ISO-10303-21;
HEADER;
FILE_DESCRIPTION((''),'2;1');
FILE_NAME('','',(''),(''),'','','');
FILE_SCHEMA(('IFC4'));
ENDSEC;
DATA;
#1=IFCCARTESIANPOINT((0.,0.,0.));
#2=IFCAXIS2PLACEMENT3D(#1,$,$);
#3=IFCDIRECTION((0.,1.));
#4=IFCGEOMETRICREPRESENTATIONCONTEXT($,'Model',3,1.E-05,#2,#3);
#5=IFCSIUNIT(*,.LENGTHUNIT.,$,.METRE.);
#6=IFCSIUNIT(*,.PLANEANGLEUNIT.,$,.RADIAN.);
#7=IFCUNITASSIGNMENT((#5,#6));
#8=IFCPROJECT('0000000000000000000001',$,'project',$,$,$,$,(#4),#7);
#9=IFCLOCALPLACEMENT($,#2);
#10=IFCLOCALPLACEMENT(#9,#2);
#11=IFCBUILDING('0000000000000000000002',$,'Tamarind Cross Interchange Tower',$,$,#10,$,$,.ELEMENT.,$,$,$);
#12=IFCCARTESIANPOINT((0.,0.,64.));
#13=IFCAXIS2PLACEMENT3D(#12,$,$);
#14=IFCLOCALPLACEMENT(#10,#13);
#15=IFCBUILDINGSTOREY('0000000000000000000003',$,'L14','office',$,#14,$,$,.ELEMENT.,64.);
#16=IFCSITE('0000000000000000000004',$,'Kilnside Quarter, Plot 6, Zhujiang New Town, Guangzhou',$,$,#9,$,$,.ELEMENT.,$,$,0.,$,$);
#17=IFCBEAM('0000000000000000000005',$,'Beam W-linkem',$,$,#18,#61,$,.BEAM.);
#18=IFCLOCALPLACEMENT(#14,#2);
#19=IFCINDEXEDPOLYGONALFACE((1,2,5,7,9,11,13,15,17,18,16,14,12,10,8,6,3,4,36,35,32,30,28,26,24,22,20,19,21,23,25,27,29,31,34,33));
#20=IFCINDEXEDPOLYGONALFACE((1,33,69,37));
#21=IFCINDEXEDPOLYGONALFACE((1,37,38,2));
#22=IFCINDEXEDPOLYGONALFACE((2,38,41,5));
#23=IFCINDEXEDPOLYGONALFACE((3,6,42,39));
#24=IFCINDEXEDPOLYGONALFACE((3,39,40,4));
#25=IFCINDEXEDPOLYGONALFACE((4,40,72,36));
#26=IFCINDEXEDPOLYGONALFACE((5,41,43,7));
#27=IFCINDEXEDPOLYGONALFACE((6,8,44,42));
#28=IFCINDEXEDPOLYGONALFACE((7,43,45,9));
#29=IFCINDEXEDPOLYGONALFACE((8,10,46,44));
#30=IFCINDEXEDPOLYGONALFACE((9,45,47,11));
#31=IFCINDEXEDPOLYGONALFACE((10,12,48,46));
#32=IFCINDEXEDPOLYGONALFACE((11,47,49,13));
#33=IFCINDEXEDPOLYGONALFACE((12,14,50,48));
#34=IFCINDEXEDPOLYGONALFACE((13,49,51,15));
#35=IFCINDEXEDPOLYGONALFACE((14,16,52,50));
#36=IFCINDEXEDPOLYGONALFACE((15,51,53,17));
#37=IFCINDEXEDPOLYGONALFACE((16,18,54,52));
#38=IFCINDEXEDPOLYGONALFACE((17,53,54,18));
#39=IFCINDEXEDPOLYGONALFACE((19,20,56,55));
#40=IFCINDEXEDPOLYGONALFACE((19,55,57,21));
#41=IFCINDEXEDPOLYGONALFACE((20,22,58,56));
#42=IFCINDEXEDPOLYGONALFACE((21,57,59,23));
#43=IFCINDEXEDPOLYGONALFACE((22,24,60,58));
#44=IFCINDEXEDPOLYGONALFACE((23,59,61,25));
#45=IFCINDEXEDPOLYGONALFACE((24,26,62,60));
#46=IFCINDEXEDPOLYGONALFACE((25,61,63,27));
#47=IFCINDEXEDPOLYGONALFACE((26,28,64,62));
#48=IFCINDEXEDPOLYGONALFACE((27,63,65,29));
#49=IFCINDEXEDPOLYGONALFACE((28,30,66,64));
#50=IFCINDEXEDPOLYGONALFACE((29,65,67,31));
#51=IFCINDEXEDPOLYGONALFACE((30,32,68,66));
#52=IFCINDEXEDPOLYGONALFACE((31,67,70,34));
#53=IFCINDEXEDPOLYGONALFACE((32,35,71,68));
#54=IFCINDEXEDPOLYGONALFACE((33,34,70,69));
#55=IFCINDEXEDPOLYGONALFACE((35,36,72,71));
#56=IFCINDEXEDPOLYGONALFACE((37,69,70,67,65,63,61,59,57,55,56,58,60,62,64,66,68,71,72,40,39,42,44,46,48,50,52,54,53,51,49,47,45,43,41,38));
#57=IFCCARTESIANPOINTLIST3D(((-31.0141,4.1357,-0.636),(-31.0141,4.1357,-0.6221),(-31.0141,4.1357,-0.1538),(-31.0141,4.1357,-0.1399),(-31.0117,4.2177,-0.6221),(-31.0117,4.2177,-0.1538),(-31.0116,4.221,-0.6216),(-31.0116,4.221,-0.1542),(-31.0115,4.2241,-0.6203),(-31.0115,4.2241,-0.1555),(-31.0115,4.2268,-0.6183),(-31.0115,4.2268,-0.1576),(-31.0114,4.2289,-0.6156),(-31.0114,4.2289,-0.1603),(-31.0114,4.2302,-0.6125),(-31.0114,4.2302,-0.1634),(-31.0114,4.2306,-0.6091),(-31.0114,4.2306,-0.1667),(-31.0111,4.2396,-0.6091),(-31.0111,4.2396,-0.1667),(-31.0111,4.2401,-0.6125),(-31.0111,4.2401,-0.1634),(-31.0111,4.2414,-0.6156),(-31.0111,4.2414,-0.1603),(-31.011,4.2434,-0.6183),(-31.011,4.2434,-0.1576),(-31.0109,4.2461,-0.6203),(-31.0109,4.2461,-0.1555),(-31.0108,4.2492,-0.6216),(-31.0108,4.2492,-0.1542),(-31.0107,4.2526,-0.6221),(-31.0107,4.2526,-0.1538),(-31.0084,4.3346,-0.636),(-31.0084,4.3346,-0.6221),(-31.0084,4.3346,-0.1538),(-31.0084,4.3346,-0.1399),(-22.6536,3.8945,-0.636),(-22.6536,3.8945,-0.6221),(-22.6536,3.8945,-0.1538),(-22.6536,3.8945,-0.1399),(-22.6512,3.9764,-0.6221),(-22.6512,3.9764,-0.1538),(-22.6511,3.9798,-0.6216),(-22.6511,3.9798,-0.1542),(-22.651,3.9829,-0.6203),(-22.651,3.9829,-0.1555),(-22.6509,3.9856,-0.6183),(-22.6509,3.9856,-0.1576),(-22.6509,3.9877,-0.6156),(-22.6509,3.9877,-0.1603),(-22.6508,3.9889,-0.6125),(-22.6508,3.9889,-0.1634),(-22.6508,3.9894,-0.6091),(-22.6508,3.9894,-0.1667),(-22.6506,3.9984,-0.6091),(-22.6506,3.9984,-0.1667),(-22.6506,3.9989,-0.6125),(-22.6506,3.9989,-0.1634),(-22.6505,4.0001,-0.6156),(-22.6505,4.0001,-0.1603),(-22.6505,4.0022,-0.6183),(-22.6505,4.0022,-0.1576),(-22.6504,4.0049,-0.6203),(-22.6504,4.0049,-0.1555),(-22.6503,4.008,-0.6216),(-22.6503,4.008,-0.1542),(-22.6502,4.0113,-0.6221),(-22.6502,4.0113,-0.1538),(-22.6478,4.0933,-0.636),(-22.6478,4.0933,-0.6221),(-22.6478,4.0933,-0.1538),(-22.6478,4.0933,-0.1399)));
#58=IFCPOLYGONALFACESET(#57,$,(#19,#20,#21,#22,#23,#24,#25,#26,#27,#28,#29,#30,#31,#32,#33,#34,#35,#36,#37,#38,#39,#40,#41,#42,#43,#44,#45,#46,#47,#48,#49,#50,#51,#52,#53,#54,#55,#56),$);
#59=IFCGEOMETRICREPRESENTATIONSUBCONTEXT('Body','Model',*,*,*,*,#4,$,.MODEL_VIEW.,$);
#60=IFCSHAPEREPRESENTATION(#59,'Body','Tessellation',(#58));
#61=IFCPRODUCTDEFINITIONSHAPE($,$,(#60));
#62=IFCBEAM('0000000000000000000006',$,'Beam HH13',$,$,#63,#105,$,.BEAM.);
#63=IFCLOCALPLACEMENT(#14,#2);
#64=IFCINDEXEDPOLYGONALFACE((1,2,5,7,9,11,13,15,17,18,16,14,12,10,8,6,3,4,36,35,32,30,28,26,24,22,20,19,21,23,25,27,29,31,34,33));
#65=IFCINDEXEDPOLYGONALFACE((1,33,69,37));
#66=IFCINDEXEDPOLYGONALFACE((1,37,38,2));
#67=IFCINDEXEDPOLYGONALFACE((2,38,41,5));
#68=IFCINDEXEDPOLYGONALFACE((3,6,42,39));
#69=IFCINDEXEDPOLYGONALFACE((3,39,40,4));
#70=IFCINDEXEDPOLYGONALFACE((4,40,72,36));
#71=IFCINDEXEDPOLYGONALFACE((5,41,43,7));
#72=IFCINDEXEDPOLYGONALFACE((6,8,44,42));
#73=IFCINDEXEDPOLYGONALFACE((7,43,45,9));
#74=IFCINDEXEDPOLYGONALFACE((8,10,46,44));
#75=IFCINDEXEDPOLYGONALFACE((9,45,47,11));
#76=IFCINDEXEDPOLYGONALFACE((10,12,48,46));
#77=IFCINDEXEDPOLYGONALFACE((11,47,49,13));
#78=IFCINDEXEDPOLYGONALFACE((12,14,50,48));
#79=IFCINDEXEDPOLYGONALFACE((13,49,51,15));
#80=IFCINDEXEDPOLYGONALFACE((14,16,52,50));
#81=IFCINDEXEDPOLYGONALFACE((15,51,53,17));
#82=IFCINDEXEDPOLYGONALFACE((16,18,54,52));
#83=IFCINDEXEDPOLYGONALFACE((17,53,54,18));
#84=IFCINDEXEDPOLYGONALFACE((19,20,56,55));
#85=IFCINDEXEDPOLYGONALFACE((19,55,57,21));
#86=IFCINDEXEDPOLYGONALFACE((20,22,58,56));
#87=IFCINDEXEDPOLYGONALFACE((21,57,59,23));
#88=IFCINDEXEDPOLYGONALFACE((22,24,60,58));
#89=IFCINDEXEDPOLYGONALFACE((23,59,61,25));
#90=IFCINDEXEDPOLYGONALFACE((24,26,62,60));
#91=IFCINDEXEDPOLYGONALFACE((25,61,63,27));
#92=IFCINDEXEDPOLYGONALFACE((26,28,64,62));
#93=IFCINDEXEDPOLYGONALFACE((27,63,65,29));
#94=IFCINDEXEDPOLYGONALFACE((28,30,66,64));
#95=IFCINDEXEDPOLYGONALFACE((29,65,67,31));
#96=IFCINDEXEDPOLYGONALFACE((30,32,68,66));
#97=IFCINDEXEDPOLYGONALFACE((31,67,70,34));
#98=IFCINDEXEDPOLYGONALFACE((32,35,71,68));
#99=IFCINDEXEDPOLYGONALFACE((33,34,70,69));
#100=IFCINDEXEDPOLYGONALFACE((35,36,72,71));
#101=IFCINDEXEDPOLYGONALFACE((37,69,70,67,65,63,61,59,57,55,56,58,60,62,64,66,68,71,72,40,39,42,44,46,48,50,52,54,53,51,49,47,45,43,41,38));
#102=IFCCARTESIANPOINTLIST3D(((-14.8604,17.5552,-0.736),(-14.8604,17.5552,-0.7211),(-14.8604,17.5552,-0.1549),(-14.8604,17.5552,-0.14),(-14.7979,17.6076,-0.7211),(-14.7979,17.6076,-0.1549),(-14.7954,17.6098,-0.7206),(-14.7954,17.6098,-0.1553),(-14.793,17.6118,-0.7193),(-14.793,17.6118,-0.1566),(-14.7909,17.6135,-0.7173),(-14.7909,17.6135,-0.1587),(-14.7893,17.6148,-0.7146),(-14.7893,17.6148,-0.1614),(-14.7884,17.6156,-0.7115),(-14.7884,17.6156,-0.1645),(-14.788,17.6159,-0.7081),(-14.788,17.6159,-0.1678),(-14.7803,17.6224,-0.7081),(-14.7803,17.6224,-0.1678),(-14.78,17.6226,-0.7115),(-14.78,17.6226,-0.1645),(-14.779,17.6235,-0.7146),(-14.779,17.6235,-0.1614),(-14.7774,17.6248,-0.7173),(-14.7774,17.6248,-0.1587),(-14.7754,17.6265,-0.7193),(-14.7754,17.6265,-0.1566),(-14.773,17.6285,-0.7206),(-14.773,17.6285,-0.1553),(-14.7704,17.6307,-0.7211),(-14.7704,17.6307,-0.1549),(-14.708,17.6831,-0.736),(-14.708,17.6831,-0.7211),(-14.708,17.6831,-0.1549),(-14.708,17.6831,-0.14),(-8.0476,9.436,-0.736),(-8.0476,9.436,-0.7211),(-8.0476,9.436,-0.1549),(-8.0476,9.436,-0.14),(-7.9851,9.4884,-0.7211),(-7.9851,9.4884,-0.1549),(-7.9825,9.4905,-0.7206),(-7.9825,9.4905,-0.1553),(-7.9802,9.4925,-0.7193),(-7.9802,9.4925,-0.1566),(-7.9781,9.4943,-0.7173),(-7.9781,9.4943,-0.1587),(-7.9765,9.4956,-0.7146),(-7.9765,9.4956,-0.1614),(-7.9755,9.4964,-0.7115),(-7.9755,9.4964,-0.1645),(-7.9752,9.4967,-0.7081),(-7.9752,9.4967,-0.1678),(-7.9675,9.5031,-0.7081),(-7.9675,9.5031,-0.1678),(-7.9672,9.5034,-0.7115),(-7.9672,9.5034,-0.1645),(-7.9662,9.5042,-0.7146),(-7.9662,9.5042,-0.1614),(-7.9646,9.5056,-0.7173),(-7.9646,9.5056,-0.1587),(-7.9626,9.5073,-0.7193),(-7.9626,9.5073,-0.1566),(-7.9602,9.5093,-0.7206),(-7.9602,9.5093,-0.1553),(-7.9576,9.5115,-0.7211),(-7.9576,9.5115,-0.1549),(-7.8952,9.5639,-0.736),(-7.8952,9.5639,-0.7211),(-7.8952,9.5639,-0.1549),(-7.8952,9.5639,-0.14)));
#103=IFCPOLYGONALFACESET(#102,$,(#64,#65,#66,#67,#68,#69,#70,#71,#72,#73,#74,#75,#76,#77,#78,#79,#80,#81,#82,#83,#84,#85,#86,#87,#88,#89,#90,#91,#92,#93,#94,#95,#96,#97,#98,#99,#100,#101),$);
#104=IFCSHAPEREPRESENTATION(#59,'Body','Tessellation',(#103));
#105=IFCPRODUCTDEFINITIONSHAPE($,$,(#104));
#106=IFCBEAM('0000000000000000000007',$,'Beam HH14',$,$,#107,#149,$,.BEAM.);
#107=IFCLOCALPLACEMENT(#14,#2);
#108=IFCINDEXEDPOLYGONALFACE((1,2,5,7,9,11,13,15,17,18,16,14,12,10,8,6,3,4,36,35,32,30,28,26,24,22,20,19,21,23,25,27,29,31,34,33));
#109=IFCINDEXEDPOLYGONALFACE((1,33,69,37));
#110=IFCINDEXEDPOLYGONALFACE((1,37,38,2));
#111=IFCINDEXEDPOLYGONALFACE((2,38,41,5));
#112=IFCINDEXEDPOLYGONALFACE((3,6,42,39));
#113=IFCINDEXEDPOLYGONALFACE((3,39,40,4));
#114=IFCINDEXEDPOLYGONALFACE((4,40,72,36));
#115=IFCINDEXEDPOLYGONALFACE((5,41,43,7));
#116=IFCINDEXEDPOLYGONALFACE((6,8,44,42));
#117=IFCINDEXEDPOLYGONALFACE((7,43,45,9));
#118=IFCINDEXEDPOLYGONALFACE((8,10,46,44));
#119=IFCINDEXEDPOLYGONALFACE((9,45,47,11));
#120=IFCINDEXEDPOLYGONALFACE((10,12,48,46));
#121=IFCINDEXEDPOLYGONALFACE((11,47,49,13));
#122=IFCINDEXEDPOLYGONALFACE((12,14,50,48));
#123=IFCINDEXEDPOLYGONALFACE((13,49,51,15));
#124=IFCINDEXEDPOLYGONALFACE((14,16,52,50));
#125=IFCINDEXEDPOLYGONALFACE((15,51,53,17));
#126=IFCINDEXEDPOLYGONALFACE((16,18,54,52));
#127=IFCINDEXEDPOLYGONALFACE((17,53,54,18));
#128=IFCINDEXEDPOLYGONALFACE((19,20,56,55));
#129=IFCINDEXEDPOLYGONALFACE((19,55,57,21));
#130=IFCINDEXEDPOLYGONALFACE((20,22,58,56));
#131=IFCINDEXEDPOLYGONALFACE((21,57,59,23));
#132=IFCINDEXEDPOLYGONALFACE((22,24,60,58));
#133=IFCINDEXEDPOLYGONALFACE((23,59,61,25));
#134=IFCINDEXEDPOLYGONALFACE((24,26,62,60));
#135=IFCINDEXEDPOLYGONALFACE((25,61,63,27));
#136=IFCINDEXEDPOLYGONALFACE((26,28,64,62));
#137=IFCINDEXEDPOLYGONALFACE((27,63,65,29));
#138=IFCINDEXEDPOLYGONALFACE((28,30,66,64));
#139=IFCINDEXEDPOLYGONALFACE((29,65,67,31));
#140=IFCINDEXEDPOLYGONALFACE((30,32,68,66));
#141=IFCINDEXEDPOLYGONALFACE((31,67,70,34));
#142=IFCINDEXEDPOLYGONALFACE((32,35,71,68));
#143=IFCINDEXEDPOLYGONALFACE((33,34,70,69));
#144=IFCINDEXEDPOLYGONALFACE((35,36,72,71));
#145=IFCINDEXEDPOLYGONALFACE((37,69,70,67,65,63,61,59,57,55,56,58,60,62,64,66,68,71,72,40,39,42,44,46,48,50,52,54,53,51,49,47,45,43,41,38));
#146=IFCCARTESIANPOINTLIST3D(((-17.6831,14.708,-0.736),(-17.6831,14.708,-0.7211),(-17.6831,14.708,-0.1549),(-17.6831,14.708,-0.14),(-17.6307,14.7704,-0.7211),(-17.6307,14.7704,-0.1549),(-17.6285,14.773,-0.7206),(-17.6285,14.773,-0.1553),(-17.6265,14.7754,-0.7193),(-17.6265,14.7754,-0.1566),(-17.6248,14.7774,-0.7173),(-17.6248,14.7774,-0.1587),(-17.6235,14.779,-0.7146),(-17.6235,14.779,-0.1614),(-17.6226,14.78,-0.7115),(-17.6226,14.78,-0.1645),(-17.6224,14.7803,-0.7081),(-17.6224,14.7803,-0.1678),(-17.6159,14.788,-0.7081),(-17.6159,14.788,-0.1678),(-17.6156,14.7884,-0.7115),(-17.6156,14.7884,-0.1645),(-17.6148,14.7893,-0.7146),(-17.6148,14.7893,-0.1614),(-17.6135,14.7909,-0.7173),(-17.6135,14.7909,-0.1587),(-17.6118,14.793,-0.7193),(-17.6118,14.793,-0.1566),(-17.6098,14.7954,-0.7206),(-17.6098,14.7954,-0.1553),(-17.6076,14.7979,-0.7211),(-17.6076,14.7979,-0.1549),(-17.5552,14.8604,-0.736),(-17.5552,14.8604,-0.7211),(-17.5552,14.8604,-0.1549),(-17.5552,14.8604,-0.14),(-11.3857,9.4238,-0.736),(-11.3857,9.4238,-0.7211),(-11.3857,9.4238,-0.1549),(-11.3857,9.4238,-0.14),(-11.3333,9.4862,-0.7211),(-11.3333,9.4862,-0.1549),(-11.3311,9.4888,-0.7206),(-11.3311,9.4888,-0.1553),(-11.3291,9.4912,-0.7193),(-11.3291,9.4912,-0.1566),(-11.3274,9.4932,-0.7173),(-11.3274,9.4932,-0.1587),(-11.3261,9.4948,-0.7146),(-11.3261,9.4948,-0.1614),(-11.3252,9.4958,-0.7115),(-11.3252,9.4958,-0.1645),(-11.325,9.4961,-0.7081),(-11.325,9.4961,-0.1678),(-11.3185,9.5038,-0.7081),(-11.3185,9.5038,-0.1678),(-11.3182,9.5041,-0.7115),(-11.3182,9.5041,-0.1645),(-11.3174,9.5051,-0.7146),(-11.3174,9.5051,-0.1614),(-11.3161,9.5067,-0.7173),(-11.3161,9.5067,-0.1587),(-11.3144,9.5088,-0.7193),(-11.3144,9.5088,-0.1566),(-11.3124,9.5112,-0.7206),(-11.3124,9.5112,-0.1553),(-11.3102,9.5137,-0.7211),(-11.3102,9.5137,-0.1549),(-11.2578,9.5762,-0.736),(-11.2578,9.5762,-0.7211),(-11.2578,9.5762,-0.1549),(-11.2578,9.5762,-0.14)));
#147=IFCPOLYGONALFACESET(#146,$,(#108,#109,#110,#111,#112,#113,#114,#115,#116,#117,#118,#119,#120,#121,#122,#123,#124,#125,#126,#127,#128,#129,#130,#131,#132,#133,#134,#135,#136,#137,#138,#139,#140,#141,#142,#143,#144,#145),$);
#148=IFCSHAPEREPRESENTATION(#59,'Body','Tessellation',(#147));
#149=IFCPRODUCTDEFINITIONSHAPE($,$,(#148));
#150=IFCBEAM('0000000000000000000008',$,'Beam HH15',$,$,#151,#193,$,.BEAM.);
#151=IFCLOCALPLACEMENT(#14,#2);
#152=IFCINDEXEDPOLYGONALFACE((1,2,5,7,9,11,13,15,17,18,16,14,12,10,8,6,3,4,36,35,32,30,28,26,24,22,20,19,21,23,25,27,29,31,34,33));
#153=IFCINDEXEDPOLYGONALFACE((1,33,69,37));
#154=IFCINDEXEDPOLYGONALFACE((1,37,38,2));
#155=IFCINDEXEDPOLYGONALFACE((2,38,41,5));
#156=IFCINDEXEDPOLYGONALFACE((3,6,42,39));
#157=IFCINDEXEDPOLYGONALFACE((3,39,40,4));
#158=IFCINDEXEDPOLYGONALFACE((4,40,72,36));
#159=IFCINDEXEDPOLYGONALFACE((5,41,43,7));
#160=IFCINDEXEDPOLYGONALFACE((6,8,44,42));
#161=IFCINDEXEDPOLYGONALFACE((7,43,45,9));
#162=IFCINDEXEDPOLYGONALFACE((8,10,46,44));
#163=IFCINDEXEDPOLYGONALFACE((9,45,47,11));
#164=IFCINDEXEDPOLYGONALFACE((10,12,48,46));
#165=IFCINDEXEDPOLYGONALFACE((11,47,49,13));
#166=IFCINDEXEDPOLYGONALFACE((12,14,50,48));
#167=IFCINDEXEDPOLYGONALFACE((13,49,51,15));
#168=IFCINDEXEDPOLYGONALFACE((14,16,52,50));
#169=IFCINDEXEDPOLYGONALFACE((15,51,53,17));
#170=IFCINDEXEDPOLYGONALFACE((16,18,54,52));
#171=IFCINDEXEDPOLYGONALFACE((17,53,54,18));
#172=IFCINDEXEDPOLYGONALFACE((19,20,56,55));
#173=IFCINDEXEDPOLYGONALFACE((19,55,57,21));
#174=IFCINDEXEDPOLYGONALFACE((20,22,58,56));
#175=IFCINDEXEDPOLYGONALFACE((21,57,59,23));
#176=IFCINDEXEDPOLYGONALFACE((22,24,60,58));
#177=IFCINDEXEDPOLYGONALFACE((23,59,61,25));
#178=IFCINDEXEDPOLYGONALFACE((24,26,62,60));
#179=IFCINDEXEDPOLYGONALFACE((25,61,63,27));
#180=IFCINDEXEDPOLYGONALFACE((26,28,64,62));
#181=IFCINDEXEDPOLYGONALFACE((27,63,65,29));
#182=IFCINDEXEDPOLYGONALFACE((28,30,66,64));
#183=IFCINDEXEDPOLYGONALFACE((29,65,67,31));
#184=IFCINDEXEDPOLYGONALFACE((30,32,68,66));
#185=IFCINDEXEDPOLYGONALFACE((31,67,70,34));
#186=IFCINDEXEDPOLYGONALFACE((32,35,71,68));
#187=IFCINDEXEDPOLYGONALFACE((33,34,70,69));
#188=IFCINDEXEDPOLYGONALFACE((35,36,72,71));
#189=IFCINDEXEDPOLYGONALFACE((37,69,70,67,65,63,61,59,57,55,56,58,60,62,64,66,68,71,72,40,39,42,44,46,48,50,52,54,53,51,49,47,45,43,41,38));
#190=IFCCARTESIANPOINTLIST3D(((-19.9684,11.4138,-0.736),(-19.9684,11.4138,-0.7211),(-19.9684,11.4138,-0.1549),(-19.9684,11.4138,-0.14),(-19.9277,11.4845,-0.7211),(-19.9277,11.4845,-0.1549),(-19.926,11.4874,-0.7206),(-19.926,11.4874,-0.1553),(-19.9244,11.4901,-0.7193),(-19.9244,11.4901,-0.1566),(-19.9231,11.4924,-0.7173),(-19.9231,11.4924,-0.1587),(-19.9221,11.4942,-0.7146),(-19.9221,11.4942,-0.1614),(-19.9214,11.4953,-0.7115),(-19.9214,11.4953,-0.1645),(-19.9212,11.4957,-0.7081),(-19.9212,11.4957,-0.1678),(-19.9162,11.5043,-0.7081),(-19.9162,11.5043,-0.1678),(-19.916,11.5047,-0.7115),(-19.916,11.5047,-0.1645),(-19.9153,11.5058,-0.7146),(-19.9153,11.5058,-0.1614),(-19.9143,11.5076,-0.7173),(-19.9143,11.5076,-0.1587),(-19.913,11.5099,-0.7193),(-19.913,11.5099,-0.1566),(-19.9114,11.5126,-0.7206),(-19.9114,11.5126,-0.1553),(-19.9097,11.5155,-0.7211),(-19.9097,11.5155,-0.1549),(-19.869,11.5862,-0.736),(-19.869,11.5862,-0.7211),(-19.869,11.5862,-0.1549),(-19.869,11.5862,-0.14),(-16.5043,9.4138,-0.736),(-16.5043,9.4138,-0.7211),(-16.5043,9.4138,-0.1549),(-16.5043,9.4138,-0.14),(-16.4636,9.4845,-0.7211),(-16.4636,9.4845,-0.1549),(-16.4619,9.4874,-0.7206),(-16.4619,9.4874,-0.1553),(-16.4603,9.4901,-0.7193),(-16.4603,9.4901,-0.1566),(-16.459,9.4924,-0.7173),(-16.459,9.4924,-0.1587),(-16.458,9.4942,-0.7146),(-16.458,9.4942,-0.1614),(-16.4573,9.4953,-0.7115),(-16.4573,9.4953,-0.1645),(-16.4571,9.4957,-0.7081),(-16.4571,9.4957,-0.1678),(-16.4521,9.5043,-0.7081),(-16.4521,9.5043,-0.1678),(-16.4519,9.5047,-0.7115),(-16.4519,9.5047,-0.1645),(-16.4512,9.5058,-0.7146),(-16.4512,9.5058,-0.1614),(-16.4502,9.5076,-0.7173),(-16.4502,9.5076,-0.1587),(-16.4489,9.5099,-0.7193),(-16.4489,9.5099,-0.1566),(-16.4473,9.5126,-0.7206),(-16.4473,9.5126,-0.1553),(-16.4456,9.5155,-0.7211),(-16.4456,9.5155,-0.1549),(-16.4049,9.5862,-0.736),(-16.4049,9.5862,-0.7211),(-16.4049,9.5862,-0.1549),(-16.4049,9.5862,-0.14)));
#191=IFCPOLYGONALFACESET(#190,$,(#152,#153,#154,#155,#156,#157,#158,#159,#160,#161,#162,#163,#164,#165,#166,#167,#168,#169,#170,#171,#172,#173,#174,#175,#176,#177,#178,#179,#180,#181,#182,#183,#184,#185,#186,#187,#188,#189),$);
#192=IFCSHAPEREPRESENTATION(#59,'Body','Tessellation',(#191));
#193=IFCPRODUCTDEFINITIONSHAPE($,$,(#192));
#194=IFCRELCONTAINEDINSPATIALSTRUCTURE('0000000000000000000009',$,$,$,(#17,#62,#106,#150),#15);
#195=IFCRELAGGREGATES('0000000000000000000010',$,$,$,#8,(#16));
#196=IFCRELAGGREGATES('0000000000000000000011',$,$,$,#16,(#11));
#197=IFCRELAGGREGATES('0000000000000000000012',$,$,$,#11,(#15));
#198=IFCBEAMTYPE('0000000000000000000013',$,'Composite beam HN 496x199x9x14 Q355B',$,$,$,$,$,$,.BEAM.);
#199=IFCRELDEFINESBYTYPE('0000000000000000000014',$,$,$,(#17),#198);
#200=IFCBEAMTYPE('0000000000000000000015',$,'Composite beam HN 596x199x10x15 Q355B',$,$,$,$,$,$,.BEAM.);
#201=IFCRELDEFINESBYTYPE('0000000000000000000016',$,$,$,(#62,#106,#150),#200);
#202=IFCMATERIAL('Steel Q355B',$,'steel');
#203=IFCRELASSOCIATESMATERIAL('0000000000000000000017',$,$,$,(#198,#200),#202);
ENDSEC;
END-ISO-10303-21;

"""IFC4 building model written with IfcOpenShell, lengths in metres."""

from ifc_helpers import new_model, si_unit, direction, frame, origin, origin_2d, place, context, subcontext, project, spatial, i_section, extrude, material, material_profile, profile_set, type_object, element, save


model = new_model("IFC4")

# Units and contexts
model_context = context("Model", 3, precision=1e-05, world=origin(), true_north=direction((0.0, 1.0)))
body_context = subcontext(model_context, "Body", "Model", "MODEL_VIEW")
ifc_project = project(units=[si_unit("LENGTHUNIT", "METRE"), si_unit("PLANEANGLEUNIT", "RADIAN")], contexts=[model_context])

# Site, building, storey
site_placement = place(None, origin())
site = spatial("IfcSite", under=ifc_project, at=site_placement, Name="Kilnside Quarter, Plot 6, Zhujiang New Town, Guangzhou", CompositionType="ELEMENT", RefElevation=0.0)
building_placement = place(site_placement, origin())
building = spatial("IfcBuilding", under=site, at=building_placement, Name="Tamarind Cross Interchange Tower", CompositionType="ELEMENT")
storey_placement = place(building_placement, frame((0.0, 0.0, 64.0)))
storey = spatial("IfcBuildingStorey", under=building, at=storey_placement, Name="L14", Description="office", CompositionType="ELEMENT", Elevation=64.0)

# Beams
ifc_material_1 = material(Name="Steel Q355B", Category="steel")
ifc_material_profile_1 = material_profile(ifc_material_1, i_section(OverallWidth=0.199, OverallDepth=0.4961, WebThickness=0.009, FlangeThickness=0.0139, FilletRadius=0.0129, at=origin_2d()), Name="HN 496x199x9x14")
ifc_profile_set_1 = profile_set([ifc_material_profile_1], Name="Steel Q355B")
beam_type_1 = type_object("IfcBeamType", Name="Composite beam HN 496x199x9x14 Q355B", PredefinedType="BEAM", material=ifc_profile_set_1)
beam_1_placement = place(storey_placement, frame((-31.0112, 4.2351, -0.3879), z_axis=(0.999584, -0.028839, 0.0), x_axis=(0.028839, 0.999584, 0.0)))
element("IfcBeam", 1, at=beam_1_placement, inside=storey, type_object=beam_type_1, Name="Beam W-linkem", PredefinedType="BEAM", context=body_context, shape_type="SweptSolid", body=[
    extrude(i_section(OverallWidth=0.199, OverallDepth=0.4961, WebThickness=0.009, FlangeThickness=0.0139, FilletRadius=0.0129, at=origin_2d()), origin(), (0.0, 0.0, 1.0), 8.364),
])
ifc_material_profile_2 = material_profile(ifc_material_1, i_section(OverallWidth=0.199, OverallDepth=0.5959, WebThickness=0.01, FlangeThickness=0.0149, FilletRadius=0.0129, at=origin_2d()), Name="HN 596x199x10x15")
ifc_profile_set_2 = profile_set([ifc_material_profile_2], Name="Steel Q355B")
beam_type_2 = type_object("IfcBeamType", Name="Composite beam HN 596x199x10x15 Q355B", PredefinedType="BEAM", material=ifc_profile_set_2)
beam_2_placement = place(storey_placement, frame((-14.7842, 17.6191, -0.438), z_axis=(0.642786, -0.766046, 0.0), x_axis=(0.766046, 0.642786, 0.0)))
element("IfcBeam", 2, at=beam_2_placement, inside=storey, type_object=beam_type_2, Name="Beam HH13", PredefinedType="BEAM", context=body_context, shape_type="SweptSolid", body=[
    extrude(i_section(OverallWidth=0.199, OverallDepth=0.5959, WebThickness=0.01, FlangeThickness=0.0149, FilletRadius=0.0129, at=origin_2d()), origin(), (0.0, 0.0, 1.0), 10.5989),
])
beam_3_placement = place(storey_placement, frame((-17.6191, 14.7842, -0.438), z_axis=(0.766041, -0.642792, 0.0), x_axis=(0.642792, 0.766041, 0.0)))
element("IfcBeam", 3, at=beam_3_placement, inside=storey, type_object=beam_type_2, Name="Beam HH14", PredefinedType="BEAM", context=body_context, shape_type="SweptSolid", body=[
    extrude(i_section(OverallWidth=0.199, OverallDepth=0.5959, WebThickness=0.01, FlangeThickness=0.0149, FilletRadius=0.0129, at=origin_2d()), origin(), (0.0, 0.0, 1.0), 8.2207),
])
beam_4_placement = place(storey_placement, frame((-19.9187, 11.5, -0.438), z_axis=(0.866026, -0.499999, 0.0), x_axis=(0.499999, 0.866026, 0.0)))
element("IfcBeam", 4, at=beam_4_placement, inside=storey, type_object=beam_type_2, Name="Beam HH15", PredefinedType="BEAM", context=body_context, shape_type="SweptSolid", body=[
    extrude(i_section(OverallWidth=0.199, OverallDepth=0.5959, WebThickness=0.01, FlangeThickness=0.0149, FilletRadius=0.0129, at=origin_2d()), origin(), (0.0, 0.0, 1.0), 4.0),
])

save(model, "model.ifc")
